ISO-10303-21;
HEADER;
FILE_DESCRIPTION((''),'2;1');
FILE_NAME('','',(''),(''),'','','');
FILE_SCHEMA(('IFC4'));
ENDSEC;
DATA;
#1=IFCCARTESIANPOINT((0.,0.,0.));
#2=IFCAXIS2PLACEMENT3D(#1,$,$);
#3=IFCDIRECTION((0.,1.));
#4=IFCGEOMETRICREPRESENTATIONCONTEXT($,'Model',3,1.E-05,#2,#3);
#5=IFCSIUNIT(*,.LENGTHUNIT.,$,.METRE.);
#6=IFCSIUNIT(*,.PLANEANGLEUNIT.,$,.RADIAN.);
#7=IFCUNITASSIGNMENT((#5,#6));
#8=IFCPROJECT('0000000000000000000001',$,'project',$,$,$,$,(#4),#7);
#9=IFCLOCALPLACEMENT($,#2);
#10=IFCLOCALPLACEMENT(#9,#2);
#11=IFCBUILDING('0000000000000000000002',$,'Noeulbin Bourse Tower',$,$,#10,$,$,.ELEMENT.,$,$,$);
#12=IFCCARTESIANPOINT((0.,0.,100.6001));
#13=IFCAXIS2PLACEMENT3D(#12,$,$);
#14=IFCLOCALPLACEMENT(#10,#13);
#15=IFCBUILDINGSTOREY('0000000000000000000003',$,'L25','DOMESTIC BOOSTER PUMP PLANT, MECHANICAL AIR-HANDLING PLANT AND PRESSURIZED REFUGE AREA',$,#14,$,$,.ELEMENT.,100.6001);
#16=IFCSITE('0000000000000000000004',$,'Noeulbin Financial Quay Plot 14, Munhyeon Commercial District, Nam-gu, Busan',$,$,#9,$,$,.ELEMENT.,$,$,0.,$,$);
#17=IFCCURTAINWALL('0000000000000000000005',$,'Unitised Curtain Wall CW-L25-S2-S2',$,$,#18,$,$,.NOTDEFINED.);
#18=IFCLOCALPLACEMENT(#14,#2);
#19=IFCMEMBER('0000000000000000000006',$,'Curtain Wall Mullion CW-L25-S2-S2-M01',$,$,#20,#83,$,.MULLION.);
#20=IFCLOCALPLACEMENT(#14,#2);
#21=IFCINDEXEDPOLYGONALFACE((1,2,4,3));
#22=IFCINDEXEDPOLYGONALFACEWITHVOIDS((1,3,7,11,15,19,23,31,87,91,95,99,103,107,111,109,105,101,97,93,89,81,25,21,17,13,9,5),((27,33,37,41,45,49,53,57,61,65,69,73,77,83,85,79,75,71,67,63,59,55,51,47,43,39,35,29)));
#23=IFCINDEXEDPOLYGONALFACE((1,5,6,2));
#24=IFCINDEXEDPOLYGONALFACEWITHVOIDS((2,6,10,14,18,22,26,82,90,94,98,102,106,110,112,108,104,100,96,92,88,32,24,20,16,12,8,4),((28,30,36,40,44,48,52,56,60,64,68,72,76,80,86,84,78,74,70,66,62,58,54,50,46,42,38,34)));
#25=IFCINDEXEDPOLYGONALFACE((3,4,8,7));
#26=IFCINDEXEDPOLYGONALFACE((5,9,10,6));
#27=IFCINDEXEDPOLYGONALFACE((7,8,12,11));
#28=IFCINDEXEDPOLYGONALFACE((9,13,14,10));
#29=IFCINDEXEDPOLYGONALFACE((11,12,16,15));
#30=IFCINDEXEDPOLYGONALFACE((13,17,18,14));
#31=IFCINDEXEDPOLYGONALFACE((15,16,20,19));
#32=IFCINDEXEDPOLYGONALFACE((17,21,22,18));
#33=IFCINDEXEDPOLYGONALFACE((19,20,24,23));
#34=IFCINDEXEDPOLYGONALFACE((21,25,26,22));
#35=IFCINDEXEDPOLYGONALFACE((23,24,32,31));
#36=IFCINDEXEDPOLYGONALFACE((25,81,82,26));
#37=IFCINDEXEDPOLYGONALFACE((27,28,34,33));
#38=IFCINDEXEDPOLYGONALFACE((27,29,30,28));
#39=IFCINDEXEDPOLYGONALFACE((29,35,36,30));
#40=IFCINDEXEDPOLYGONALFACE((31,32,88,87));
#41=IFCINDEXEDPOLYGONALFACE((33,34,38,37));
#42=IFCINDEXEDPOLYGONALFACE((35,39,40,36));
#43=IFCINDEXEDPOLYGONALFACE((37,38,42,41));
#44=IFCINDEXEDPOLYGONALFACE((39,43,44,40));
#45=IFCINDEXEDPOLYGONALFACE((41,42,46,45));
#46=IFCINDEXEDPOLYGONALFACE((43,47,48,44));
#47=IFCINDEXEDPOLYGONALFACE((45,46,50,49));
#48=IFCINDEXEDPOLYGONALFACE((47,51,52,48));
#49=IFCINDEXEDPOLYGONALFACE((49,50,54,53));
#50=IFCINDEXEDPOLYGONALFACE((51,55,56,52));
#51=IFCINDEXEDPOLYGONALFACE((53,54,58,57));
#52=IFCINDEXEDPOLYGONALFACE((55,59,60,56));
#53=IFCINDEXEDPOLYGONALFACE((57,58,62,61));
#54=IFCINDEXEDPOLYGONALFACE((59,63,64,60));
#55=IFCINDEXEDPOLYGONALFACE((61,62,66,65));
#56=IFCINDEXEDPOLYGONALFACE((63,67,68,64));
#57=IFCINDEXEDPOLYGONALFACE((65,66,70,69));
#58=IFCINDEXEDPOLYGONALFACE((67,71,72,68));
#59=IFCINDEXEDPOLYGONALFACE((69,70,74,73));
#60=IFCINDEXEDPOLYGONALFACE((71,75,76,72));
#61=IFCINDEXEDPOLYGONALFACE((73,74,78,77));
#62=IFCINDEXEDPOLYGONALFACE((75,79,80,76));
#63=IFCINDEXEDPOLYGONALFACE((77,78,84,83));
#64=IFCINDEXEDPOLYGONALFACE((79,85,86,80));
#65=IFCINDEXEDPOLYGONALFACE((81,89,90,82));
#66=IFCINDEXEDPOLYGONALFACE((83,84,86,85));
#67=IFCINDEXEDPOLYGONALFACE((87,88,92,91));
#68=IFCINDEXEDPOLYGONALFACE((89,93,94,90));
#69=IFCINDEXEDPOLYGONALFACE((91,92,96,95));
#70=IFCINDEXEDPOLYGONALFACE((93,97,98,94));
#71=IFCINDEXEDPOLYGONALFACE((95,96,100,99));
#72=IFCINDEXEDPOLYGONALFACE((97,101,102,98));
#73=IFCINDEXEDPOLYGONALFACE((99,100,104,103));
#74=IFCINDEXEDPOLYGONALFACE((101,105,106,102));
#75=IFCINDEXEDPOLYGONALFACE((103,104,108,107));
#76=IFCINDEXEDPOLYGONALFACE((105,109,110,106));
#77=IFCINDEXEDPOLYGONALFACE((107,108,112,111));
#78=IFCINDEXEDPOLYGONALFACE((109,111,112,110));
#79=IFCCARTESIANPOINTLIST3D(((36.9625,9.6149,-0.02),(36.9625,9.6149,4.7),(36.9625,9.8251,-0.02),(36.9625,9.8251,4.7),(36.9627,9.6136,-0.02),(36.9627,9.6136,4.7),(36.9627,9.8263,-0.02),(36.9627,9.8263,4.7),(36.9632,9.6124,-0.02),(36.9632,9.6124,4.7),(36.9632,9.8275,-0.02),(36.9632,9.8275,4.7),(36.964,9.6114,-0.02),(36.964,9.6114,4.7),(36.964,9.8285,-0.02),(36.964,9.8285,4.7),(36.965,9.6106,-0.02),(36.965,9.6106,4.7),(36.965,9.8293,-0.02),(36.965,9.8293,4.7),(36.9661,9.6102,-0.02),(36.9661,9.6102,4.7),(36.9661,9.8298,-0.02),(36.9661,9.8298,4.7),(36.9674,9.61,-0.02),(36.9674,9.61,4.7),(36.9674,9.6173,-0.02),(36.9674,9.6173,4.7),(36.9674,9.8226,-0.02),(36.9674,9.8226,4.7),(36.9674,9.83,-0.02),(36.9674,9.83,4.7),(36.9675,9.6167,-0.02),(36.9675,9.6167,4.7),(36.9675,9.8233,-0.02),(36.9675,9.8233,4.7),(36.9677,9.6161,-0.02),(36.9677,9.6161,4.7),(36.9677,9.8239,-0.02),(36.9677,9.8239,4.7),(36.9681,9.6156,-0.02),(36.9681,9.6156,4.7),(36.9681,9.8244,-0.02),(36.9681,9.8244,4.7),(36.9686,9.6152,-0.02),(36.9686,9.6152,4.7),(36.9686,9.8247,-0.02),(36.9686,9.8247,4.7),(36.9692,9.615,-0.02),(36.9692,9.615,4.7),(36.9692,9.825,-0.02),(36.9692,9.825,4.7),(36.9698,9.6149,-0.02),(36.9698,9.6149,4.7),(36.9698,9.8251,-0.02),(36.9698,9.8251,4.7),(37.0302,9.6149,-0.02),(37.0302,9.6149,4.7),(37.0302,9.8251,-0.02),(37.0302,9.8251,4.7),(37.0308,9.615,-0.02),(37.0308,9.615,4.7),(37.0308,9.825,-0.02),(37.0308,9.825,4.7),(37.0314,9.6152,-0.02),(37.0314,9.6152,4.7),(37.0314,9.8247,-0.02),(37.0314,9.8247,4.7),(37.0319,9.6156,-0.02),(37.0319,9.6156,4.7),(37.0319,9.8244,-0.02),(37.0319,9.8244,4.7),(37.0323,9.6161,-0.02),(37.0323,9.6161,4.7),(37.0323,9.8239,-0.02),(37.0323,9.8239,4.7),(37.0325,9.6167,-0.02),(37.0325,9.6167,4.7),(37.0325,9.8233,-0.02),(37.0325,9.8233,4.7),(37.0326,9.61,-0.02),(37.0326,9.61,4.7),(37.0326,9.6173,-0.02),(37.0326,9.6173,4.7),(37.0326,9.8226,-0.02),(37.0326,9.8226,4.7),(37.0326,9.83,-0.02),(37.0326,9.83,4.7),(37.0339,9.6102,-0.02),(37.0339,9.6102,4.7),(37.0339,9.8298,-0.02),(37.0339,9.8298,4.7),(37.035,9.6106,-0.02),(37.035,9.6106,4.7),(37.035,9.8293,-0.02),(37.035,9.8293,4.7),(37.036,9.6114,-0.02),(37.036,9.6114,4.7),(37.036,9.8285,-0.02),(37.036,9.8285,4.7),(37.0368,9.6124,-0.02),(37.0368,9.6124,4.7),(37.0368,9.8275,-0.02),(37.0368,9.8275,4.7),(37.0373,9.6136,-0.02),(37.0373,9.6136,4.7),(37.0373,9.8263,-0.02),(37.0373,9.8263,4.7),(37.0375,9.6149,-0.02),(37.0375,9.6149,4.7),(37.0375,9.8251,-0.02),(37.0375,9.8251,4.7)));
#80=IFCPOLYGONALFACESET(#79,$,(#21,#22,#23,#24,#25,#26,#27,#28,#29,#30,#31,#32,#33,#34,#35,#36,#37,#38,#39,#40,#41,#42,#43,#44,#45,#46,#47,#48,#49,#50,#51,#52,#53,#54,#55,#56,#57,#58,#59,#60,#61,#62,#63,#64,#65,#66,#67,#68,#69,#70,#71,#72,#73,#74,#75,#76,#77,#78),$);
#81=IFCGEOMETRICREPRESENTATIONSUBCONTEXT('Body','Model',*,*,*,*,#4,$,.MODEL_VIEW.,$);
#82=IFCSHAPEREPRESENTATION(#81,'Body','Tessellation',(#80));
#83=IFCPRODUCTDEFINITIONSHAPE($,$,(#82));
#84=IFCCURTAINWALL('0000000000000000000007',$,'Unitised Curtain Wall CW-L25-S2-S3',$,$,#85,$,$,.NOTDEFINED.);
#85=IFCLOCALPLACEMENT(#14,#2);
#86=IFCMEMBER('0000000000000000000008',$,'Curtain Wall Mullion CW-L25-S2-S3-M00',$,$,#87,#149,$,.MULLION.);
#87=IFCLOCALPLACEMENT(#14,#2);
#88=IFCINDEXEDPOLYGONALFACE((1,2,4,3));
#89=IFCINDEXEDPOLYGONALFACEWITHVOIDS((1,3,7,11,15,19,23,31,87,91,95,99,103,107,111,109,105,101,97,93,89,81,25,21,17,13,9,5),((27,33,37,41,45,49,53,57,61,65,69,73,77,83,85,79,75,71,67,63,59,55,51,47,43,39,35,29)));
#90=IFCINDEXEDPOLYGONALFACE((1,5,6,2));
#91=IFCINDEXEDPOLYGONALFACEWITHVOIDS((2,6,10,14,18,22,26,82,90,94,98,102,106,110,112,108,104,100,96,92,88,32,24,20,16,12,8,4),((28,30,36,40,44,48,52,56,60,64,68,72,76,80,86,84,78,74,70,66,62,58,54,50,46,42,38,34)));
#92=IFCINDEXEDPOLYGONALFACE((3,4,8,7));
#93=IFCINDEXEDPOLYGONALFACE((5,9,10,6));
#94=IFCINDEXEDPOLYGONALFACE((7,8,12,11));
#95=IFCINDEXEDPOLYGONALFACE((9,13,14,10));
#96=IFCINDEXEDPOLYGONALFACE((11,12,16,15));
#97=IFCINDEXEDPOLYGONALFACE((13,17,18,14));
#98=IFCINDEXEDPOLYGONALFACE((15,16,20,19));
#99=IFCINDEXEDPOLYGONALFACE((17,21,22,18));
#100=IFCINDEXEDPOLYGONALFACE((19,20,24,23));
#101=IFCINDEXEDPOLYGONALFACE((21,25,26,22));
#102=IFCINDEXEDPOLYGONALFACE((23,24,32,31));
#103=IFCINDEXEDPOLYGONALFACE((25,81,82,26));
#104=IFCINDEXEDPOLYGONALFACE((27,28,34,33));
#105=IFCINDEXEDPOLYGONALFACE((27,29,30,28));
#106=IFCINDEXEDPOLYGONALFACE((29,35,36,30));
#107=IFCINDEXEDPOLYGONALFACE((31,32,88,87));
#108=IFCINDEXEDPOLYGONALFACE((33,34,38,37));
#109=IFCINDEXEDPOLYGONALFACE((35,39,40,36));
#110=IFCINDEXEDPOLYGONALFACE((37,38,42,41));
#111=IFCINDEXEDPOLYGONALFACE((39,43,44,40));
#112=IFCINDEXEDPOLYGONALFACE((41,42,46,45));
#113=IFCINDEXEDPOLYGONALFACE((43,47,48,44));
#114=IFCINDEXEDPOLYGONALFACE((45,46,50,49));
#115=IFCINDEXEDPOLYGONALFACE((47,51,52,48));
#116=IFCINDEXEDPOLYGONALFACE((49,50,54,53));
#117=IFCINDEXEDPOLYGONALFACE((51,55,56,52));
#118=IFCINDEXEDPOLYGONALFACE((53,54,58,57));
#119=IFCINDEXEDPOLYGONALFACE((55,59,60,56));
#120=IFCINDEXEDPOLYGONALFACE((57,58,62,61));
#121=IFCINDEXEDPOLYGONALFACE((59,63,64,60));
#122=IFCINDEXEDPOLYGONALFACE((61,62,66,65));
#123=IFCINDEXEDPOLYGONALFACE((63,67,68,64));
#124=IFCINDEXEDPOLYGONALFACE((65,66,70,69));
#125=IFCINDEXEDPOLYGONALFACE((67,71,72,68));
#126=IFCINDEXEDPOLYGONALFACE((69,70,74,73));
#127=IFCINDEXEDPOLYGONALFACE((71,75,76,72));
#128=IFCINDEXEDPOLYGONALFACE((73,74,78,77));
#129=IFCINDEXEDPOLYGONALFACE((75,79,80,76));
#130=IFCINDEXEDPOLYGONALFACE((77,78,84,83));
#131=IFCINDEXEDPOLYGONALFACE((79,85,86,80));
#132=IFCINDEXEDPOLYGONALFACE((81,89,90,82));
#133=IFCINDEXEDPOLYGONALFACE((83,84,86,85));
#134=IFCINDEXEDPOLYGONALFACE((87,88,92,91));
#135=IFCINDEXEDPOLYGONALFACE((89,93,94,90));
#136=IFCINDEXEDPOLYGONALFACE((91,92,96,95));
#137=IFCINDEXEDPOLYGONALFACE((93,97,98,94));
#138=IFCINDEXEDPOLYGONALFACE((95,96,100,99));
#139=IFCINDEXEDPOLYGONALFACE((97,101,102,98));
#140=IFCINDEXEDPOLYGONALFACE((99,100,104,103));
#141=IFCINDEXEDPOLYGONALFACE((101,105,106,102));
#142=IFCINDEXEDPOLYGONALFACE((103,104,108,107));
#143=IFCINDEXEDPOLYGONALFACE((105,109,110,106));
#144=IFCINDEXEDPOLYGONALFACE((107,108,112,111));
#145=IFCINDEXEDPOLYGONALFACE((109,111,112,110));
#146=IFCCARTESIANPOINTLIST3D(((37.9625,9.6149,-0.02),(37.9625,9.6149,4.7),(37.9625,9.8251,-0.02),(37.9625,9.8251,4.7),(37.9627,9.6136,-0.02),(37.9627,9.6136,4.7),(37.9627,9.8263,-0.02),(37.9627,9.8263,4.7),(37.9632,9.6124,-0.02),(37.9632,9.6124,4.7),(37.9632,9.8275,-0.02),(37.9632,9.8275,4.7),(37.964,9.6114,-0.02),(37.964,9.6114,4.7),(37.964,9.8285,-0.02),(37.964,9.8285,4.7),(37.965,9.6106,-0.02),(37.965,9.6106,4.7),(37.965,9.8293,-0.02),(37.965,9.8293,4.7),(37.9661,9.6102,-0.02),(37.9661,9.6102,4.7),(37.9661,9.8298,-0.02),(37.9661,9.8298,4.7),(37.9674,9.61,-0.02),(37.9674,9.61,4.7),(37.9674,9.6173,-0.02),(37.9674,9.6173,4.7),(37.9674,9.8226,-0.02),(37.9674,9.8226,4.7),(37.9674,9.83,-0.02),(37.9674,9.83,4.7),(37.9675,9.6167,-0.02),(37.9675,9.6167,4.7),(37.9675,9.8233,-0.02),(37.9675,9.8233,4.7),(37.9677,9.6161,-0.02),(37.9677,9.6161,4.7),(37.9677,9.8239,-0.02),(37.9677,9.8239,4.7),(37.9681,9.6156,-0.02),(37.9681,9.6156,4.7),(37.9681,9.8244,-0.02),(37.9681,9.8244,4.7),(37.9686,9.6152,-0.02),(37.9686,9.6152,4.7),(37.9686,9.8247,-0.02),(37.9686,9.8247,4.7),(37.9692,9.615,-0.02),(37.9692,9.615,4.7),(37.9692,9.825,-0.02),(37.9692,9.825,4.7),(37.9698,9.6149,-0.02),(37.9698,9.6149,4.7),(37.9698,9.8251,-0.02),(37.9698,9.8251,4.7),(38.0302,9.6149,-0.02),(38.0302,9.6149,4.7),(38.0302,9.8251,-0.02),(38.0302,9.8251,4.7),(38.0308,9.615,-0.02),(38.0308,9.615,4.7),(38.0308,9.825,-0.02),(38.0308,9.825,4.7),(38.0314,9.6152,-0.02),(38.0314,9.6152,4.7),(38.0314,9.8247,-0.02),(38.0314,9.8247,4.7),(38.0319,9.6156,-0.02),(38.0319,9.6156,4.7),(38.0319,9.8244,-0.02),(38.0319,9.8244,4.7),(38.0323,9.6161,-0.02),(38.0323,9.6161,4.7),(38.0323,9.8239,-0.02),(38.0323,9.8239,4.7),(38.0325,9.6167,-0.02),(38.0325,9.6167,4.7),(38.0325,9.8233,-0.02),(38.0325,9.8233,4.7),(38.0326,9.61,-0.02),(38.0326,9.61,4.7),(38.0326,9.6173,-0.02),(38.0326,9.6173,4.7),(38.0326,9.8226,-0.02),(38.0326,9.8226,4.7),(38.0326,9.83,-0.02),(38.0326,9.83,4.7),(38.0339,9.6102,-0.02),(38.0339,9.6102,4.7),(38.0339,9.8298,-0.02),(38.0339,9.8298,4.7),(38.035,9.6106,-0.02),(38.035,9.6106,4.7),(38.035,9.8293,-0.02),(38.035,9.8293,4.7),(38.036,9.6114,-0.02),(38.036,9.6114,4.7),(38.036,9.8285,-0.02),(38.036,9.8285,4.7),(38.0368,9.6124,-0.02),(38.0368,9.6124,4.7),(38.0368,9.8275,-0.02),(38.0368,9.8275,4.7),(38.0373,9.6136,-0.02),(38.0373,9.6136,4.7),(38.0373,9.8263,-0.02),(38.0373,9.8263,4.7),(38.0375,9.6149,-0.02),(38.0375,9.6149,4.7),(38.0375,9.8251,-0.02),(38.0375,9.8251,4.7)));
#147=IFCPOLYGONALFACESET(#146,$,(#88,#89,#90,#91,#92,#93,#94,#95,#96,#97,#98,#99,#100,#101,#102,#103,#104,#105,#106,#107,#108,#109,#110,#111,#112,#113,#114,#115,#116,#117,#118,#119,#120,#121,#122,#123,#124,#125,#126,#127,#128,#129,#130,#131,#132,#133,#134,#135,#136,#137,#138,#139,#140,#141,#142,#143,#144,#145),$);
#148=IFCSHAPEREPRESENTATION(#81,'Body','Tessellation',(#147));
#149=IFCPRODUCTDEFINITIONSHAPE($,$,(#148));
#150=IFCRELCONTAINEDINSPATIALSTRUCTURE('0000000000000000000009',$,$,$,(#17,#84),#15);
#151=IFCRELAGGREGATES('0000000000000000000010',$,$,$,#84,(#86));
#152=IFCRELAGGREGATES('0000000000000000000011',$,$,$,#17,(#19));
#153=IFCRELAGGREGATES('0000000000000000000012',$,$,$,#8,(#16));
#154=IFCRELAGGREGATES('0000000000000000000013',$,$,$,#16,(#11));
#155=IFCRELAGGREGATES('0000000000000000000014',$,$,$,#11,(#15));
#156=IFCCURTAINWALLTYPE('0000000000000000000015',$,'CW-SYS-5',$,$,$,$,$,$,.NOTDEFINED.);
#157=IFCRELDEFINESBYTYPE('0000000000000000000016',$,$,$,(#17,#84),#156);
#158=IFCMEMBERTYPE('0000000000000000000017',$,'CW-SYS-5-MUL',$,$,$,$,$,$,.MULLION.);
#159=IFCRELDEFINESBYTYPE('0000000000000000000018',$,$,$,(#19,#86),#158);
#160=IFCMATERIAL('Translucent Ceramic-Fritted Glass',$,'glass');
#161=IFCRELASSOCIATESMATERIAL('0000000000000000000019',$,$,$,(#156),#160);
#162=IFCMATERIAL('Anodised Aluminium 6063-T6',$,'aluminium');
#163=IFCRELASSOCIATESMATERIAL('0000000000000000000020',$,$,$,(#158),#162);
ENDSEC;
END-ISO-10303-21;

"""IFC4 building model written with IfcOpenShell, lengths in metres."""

from ifc_helpers import new_model, si_unit, direction, frame, origin, origin_2d, place, context, subcontext, project, spatial, hollow_rectangle, extrude, material, material_profile, profile_set, type_object, element, aggregate, save


model = new_model("IFC4")

# Units and contexts
model_context = context("Model", 3, precision=1e-05, world=origin(), true_north=direction((0.0, 1.0)))
body_context = subcontext(model_context, "Body", "Model", "MODEL_VIEW")
ifc_project = project(units=[si_unit("LENGTHUNIT", "METRE"), si_unit("PLANEANGLEUNIT", "RADIAN")], contexts=[model_context])

# Site, building, storey
site_placement = place(None, origin())
site = spatial("IfcSite", under=ifc_project, at=site_placement, Name="Noeulbin Financial Quay Plot 14, Munhyeon Commercial District, Nam-gu, Busan", CompositionType="ELEMENT", RefElevation=0.0)
building_placement = place(site_placement, origin())
building = spatial("IfcBuilding", under=site, at=building_placement, Name="Noeulbin Bourse Tower", CompositionType="ELEMENT")
storey_placement = place(building_placement, frame((0.0, 0.0, 100.6001)))
storey = spatial("IfcBuildingStorey", under=building, at=storey_placement, Name="L25", Description="DOMESTIC BOOSTER PUMP PLANT, MECHANICAL AIR-HANDLING PLANT AND PRESSURIZED REFUGE AREA", CompositionType="ELEMENT", Elevation=100.6001)

# Shared definitions
ifc_material_1 = material(Name="Translucent Ceramic-Fritted Glass", Category="glass")
curtain_wall_type = type_object("IfcCurtainWallType", Name="CW-SYS-5", PredefinedType="NOTDEFINED", material=ifc_material_1)
ifc_material_2 = material(Name="Anodised Aluminium 6063-T6", Category="aluminium")
ifc_material_profile_1 = material_profile(ifc_material_2, hollow_rectangle(XDim=0.075, YDim=0.22, WallThickness=0.0049, InnerFilletRadius=0.0024, OuterFilletRadius=0.0049, at=origin_2d()), Name="ALU-MULL-75x220x5", Category="LoadBearing")
ifc_profile_set_1 = profile_set([ifc_material_profile_1], Name="Anodised Aluminium 6063-T6")
member_type_1 = type_object("IfcMemberType", Name="CW-SYS-5-MUL", PredefinedType="MULLION", material=ifc_profile_set_1)

# Curtain wall, member
curtain_wall_1_placement = place(storey_placement, origin())
curtain_wall_1 = element("IfcCurtainWall", 1, at=curtain_wall_1_placement, inside=storey, type_object=curtain_wall_type, Name="Unitised Curtain Wall CW-L25-S2-S2", PredefinedType="NOTDEFINED")
member_1_placement = place(storey_placement, frame((37.0, 9.72, -0.02), z_axis=(0.0, 0.0, 1.0), x_axis=(1.0, 0.0, 0.0)))
member_1 = element("IfcMember", 2, at=member_1_placement, type_object=member_type_1, Name="Curtain Wall Mullion CW-L25-S2-S2-M01", PredefinedType="MULLION", context=body_context, shape_type="SweptSolid", body=[
    extrude(hollow_rectangle(XDim=0.075, YDim=0.22, WallThickness=0.0049, InnerFilletRadius=0.0024, OuterFilletRadius=0.0049, at=origin_2d()), origin(), (0.0, 0.0, 1.0), 4.72),
])

# Curtain wall, member
curtain_wall_2_placement = place(storey_placement, origin())
curtain_wall_2 = element("IfcCurtainWall", 3, at=curtain_wall_2_placement, inside=storey, type_object=curtain_wall_type, Name="Unitised Curtain Wall CW-L25-S2-S3", PredefinedType="NOTDEFINED")
member_2_placement = place(storey_placement, frame((38.0, 9.72, -0.02), z_axis=(0.0, 0.0, 1.0), x_axis=(1.0, 0.0, 0.0)))
member_2 = element("IfcMember", 4, at=member_2_placement, type_object=member_type_1, Name="Curtain Wall Mullion CW-L25-S2-S3-M00", PredefinedType="MULLION", context=body_context, shape_type="SweptSolid", body=[
    extrude(hollow_rectangle(XDim=0.075, YDim=0.22, WallThickness=0.0049, InnerFilletRadius=0.0024, OuterFilletRadius=0.0049, at=origin_2d()), origin(), (0.0, 0.0, 1.0), 4.72),
])

aggregate(curtain_wall_2, [member_2])

aggregate(curtain_wall_1, [member_1])

save(model, "model.ifc")
